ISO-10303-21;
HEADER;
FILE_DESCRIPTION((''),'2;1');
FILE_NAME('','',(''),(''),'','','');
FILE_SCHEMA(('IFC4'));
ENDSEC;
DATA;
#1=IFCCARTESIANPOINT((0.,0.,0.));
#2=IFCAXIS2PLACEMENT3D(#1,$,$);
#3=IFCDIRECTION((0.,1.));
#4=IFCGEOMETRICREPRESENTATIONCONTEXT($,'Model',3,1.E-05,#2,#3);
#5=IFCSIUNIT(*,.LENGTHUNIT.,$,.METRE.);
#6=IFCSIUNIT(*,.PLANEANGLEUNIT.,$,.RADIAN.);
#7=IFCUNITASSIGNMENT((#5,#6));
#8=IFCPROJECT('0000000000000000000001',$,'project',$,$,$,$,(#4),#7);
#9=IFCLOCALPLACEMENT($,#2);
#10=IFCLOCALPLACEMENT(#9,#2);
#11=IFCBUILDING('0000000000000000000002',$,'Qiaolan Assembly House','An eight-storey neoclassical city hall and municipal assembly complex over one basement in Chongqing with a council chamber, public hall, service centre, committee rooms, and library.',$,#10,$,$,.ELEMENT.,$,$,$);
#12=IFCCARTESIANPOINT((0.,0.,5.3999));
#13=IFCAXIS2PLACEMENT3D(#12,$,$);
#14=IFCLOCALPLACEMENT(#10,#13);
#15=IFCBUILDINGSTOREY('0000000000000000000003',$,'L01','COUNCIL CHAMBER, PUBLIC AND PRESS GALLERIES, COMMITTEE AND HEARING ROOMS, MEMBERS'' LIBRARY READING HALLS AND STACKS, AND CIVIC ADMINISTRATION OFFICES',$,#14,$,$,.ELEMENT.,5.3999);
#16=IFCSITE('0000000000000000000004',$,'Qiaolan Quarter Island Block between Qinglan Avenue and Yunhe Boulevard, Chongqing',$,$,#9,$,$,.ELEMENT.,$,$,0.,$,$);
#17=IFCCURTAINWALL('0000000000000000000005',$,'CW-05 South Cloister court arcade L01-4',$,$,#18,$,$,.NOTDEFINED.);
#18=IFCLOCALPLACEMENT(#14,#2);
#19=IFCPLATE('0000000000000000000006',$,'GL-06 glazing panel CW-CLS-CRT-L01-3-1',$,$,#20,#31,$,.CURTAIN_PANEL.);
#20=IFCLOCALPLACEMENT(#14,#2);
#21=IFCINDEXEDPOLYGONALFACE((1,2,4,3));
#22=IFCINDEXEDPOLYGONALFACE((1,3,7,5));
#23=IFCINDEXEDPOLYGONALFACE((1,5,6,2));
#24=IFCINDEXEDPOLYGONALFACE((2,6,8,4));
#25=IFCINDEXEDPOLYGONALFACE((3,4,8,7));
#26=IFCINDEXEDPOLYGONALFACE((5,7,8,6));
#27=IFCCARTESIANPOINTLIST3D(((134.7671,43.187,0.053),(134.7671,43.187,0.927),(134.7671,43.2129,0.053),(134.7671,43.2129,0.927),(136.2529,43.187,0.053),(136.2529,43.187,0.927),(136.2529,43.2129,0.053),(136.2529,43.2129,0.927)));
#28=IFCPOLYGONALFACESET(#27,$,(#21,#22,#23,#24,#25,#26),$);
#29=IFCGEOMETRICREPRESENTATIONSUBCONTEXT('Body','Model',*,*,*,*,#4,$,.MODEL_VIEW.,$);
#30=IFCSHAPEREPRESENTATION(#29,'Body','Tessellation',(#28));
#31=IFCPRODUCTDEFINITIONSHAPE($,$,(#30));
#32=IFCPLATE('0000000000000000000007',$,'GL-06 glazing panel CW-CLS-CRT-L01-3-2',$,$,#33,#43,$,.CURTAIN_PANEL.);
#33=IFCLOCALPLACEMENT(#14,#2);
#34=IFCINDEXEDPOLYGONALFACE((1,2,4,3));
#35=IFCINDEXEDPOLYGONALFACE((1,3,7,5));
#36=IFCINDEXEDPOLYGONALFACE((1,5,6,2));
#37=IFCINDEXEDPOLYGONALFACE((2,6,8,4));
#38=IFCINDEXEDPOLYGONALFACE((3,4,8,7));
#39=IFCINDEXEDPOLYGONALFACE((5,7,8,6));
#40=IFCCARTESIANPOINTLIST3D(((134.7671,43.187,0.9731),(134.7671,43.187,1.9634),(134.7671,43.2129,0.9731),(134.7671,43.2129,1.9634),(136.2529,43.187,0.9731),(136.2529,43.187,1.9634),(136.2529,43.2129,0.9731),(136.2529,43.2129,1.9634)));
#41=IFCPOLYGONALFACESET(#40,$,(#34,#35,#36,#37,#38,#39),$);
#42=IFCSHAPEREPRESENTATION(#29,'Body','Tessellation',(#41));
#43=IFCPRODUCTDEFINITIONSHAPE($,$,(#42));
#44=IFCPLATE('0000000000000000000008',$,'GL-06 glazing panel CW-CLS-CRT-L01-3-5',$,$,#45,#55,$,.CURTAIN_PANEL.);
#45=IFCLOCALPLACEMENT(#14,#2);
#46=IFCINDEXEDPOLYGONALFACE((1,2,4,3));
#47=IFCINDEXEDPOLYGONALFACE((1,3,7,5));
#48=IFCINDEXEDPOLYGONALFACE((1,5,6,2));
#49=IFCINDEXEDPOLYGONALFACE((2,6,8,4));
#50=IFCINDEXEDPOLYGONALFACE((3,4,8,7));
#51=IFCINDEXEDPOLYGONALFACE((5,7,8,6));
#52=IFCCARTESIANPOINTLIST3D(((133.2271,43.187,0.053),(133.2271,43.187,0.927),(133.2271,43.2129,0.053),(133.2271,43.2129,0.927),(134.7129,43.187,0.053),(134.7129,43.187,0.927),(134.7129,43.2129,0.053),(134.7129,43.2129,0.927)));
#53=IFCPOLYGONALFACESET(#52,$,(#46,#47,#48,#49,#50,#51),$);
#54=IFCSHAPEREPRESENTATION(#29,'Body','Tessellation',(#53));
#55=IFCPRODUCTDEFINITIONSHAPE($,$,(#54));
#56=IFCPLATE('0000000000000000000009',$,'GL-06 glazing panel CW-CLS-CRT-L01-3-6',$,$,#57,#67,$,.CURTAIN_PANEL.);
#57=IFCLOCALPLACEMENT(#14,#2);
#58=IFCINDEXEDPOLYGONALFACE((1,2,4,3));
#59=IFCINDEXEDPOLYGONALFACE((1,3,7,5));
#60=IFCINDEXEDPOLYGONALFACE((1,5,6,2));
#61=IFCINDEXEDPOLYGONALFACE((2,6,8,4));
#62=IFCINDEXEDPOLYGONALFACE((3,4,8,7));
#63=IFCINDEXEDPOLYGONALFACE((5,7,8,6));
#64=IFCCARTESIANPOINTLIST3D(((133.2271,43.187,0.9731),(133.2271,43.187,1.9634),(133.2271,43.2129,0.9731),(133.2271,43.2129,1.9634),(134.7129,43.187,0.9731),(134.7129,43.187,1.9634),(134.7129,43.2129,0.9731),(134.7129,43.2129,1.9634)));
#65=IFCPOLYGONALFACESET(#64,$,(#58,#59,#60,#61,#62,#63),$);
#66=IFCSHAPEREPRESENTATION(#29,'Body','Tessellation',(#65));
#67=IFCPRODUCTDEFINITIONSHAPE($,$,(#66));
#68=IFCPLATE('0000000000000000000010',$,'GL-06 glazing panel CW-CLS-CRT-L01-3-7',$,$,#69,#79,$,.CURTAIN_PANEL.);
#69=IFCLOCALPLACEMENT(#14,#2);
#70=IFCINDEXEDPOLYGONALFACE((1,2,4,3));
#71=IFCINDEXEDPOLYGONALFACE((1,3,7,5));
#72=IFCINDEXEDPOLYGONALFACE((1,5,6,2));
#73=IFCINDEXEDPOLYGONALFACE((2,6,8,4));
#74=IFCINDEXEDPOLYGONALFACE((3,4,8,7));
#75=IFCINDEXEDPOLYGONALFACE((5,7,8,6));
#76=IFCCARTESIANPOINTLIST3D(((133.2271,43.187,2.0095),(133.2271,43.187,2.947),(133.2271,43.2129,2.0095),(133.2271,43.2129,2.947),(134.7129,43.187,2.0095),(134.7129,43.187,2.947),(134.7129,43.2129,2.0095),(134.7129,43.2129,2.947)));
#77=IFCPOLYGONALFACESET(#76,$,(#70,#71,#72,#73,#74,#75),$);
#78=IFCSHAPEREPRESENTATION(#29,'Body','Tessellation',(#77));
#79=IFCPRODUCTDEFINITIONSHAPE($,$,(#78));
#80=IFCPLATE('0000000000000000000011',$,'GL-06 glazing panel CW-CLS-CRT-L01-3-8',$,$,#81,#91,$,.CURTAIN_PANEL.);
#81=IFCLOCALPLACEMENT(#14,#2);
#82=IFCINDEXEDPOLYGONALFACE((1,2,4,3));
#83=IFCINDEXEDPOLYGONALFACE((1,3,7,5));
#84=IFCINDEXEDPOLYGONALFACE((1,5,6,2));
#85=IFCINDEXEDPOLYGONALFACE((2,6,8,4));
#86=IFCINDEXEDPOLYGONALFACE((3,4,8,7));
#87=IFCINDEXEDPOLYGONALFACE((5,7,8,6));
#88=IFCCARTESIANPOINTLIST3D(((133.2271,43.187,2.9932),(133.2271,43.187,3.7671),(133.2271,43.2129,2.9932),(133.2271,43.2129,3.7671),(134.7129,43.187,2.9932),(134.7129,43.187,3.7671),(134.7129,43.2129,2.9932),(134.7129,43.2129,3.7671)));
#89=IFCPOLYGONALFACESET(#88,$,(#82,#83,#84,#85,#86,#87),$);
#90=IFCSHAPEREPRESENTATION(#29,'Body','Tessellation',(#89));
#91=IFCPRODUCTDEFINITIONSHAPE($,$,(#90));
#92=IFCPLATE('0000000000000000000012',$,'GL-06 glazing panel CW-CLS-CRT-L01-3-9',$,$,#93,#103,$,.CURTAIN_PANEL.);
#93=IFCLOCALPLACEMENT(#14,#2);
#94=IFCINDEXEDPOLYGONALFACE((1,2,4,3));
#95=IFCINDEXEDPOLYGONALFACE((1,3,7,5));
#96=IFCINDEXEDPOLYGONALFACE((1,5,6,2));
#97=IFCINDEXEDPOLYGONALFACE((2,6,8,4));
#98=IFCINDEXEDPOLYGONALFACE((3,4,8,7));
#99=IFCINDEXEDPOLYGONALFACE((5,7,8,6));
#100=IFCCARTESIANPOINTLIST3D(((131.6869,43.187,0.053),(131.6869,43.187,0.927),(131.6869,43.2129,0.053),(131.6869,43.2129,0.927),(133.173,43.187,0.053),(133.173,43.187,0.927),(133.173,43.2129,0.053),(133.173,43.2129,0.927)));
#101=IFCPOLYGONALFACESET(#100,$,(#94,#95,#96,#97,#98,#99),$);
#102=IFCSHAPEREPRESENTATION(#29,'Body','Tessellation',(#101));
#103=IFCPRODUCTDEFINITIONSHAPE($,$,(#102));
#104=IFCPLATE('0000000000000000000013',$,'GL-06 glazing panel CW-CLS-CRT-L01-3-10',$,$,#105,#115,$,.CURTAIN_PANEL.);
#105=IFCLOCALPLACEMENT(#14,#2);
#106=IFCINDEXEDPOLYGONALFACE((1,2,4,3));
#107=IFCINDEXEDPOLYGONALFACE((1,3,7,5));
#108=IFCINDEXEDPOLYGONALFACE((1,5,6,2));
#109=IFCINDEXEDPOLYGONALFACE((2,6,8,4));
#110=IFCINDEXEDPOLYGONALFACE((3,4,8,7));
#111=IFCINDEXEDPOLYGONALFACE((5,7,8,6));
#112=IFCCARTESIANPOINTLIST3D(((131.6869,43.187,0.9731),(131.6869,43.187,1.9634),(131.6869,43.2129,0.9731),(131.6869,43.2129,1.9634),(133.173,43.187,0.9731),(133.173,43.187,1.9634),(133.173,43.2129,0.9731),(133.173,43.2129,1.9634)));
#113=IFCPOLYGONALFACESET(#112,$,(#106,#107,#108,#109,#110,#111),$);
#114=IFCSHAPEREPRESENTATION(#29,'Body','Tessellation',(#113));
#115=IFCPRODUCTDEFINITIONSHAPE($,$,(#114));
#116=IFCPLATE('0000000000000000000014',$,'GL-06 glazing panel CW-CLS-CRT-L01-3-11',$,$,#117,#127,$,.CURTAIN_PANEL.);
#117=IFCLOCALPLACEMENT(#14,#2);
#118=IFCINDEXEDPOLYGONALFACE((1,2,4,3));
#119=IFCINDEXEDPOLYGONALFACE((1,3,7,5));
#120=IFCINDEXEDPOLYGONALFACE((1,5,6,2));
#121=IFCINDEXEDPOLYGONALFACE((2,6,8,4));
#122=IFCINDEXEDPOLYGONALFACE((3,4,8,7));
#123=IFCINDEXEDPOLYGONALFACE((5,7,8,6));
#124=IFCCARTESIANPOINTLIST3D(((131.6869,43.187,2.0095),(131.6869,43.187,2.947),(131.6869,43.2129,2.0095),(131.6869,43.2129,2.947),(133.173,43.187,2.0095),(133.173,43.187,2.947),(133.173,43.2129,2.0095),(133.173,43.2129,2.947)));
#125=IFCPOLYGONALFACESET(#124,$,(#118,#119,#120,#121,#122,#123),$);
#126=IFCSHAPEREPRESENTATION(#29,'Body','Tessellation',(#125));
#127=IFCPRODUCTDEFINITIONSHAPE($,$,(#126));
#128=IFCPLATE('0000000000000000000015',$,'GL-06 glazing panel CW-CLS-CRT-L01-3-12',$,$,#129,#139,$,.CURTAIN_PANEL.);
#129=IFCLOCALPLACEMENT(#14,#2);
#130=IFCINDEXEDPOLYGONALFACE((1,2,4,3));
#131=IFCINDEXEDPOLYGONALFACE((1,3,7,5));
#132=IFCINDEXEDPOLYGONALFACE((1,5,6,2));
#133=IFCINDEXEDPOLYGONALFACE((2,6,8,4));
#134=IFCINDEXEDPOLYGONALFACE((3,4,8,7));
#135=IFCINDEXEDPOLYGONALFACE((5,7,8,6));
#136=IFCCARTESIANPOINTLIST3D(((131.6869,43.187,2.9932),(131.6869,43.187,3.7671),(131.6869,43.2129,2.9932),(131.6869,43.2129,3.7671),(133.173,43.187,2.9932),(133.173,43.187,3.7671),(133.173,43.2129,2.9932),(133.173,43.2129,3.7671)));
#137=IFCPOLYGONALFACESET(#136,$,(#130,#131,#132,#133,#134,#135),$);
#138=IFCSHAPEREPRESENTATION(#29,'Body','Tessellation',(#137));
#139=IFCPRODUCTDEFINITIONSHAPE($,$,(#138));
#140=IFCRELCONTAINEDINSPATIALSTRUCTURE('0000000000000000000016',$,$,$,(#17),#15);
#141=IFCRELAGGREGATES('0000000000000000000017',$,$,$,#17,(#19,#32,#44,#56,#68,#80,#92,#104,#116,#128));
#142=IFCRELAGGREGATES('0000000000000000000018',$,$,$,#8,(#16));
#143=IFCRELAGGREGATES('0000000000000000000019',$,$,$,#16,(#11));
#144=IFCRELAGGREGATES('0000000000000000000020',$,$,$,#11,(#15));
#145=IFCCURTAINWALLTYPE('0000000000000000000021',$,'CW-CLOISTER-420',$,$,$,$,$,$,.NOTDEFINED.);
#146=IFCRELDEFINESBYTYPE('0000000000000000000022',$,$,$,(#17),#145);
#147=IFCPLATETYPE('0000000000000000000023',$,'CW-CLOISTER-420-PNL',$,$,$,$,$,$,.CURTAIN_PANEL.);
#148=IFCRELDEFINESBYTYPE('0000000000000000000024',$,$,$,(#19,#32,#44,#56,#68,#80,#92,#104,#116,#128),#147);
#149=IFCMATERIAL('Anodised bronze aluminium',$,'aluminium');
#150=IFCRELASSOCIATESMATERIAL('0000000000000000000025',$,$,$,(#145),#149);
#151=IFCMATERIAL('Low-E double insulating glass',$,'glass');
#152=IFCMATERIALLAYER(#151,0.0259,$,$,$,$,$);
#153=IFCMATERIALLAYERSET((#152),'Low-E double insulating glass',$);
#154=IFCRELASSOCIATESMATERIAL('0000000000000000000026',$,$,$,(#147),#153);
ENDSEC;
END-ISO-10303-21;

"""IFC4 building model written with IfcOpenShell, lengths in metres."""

from ifc_helpers import new_model, si_unit, direction, frame, frame_2d, origin, place, context, subcontext, project, spatial, rectangle, extrude, material, layer, layer_set, type_object, element, aggregate, save


model = new_model("IFC4")

# Units and contexts
model_context = context("Model", 3, precision=1e-05, world=origin(), true_north=direction((0.0, 1.0)))
body_context = subcontext(model_context, "Body", "Model", "MODEL_VIEW")
ifc_project = project(units=[si_unit("LENGTHUNIT", "METRE"), si_unit("PLANEANGLEUNIT", "RADIAN")], contexts=[model_context])

# Site, building, storey
site_placement = place(None, origin())
site = spatial("IfcSite", under=ifc_project, at=site_placement, Name="Qiaolan Quarter Island Block between Qinglan Avenue and Yunhe Boulevard, Chongqing", CompositionType="ELEMENT", RefElevation=0.0)
building_placement = place(site_placement, origin())
building = spatial("IfcBuilding", under=site, at=building_placement, Name="Qiaolan Assembly House", Description="An eight-storey neoclassical city hall and municipal assembly complex over one basement in Chongqing with a council chamber, public hall, service centre, committee rooms, and library.", CompositionType="ELEMENT")
storey_placement = place(building_placement, frame((0.0, 0.0, 5.3999)))
storey = spatial("IfcBuildingStorey", under=building, at=storey_placement, Name="L01", Description="COUNCIL CHAMBER, PUBLIC AND PRESS GALLERIES, COMMITTEE AND HEARING ROOMS, MEMBERS' LIBRARY READING HALLS AND STACKS, AND CIVIC ADMINISTRATION OFFICES", CompositionType="ELEMENT", Elevation=5.3999)

# Curtain wall, plates
ifc_material_1 = material(Name="Anodised bronze aluminium", Category="aluminium")
curtain_wall_type = type_object("IfcCurtainWallType", Name="CW-CLOISTER-420", PredefinedType="NOTDEFINED", material=ifc_material_1)
curtain_wall_placement = place(storey_placement, origin())
curtain_wall = element("IfcCurtainWall", 1, at=curtain_wall_placement, inside=storey, type_object=curtain_wall_type, Name="CW-05 South Cloister court arcade L01-4", PredefinedType="NOTDEFINED")
ifc_material_2 = material(Name="Low-E double insulating glass", Category="glass")
ifc_layer = layer(ifc_material_2, 0.0259)
ifc_layer_set = layer_set([ifc_layer], Name="Low-E double insulating glass")
plate_type = type_object("IfcPlateType", Name="CW-CLOISTER-420-PNL", PredefinedType="CURTAIN_PANEL", material=ifc_layer_set)
plate_1_placement = place(storey_placement, frame((136.2529, 43.2, 0.053), z_axis=(0.0, 0.0, 1.0), x_axis=(-1.0, 0.0, 0.0)))
plate_1 = element("IfcPlate", 2, at=plate_1_placement, type_object=plate_type, Name="GL-06 glazing panel CW-CLS-CRT-L01-3-1", PredefinedType="CURTAIN_PANEL", context=body_context, shape_type="SweptSolid", body=[
    extrude(rectangle(XDim=1.4858, YDim=0.0259, at=frame_2d((0.7429, 0.0))), origin(), (0.0, 0.0, 1.0), 0.874),
])
plate_2_placement = place(storey_placement, frame((136.2529, 43.2, 0.9731), z_axis=(0.0, 0.0, 1.0), x_axis=(-1.0, 0.0, 0.0)))
plate_2 = element("IfcPlate", 3, at=plate_2_placement, type_object=plate_type, Name="GL-06 glazing panel CW-CLS-CRT-L01-3-2", PredefinedType="CURTAIN_PANEL", context=body_context, shape_type="SweptSolid", body=[
    extrude(rectangle(XDim=1.4858, YDim=0.0259, at=frame_2d((0.7429, 0.0))), origin(), (0.0, 0.0, 1.0), 0.9902),
])
plate_3_placement = place(storey_placement, frame((134.7129, 43.2, 0.053), z_axis=(0.0, 0.0, 1.0), x_axis=(-1.0, 0.0, 0.0)))
plate_3 = element("IfcPlate", 4, at=plate_3_placement, type_object=plate_type, Name="GL-06 glazing panel CW-CLS-CRT-L01-3-5", PredefinedType="CURTAIN_PANEL", context=body_context, shape_type="SweptSolid", body=[
    extrude(rectangle(XDim=1.4858, YDim=0.0259, at=frame_2d((0.7429, 0.0))), origin(), (0.0, 0.0, 1.0), 0.874),
])
plate_4_placement = place(storey_placement, frame((134.7129, 43.2, 0.9731), z_axis=(0.0, 0.0, 1.0), x_axis=(-1.0, 0.0, 0.0)))
plate_4 = element("IfcPlate", 5, at=plate_4_placement, type_object=plate_type, Name="GL-06 glazing panel CW-CLS-CRT-L01-3-6", PredefinedType="CURTAIN_PANEL", context=body_context, shape_type="SweptSolid", body=[
    extrude(rectangle(XDim=1.4858, YDim=0.0259, at=frame_2d((0.7429, 0.0))), origin(), (0.0, 0.0, 1.0), 0.9902),
])
plate_5_placement = place(storey_placement, frame((134.7129, 43.2, 2.0095), z_axis=(0.0, 0.0, 1.0), x_axis=(-1.0, 0.0, 0.0)))
plate_5 = element("IfcPlate", 6, at=plate_5_placement, type_object=plate_type, Name="GL-06 glazing panel CW-CLS-CRT-L01-3-7", PredefinedType="CURTAIN_PANEL", context=body_context, shape_type="SweptSolid", body=[
    extrude(rectangle(XDim=1.4858, YDim=0.0259, at=frame_2d((0.7429, 0.0))), origin(), (0.0, 0.0, 1.0), 0.9375),
])
plate_6_placement = place(storey_placement, frame((134.7129, 43.2, 2.9932), z_axis=(0.0, 0.0, 1.0), x_axis=(-1.0, 0.0, 0.0)))
plate_6 = element("IfcPlate", 7, at=plate_6_placement, type_object=plate_type, Name="GL-06 glazing panel CW-CLS-CRT-L01-3-8", PredefinedType="CURTAIN_PANEL", context=body_context, shape_type="SweptSolid", body=[
    extrude(rectangle(XDim=1.4858, YDim=0.0259, at=frame_2d((0.7429, 0.0))), origin(), (0.0, 0.0, 1.0), 0.7739),
])
plate_7_placement = place(storey_placement, frame((133.1731, 43.2, 0.053), z_axis=(0.0, 0.0, 1.0), x_axis=(-1.0, 0.0, 0.0)))
plate_7 = element("IfcPlate", 8, at=plate_7_placement, type_object=plate_type, Name="GL-06 glazing panel CW-CLS-CRT-L01-3-9", PredefinedType="CURTAIN_PANEL", context=body_context, shape_type="SweptSolid", body=[
    extrude(rectangle(XDim=1.4861, YDim=0.0259, at=frame_2d((0.7432, 0.0))), origin(), (0.0, 0.0, 1.0), 0.874),
])
plate_8_placement = place(storey_placement, frame((133.1731, 43.2, 0.9731), z_axis=(0.0, 0.0, 1.0), x_axis=(-1.0, 0.0, 0.0)))
plate_8 = element("IfcPlate", 9, at=plate_8_placement, type_object=plate_type, Name="GL-06 glazing panel CW-CLS-CRT-L01-3-10", PredefinedType="CURTAIN_PANEL", context=body_context, shape_type="SweptSolid", body=[
    extrude(rectangle(XDim=1.4861, YDim=0.0259, at=frame_2d((0.7432, 0.0))), origin(), (0.0, 0.0, 1.0), 0.9902),
])
plate_9_placement = place(storey_placement, frame((133.1731, 43.2, 2.0095), z_axis=(0.0, 0.0, 1.0), x_axis=(-1.0, 0.0, 0.0)))
plate_9 = element("IfcPlate", 10, at=plate_9_placement, type_object=plate_type, Name="GL-06 glazing panel CW-CLS-CRT-L01-3-11", PredefinedType="CURTAIN_PANEL", context=body_context, shape_type="SweptSolid", body=[
    extrude(rectangle(XDim=1.4861, YDim=0.0259, at=frame_2d((0.7432, 0.0))), origin(), (0.0, 0.0, 1.0), 0.9375),
])
plate_10_placement = place(storey_placement, frame((133.1731, 43.2, 2.9932), z_axis=(0.0, 0.0, 1.0), x_axis=(-1.0, 0.0, 0.0)))
plate_10 = element("IfcPlate", 11, at=plate_10_placement, type_object=plate_type, Name="GL-06 glazing panel CW-CLS-CRT-L01-3-12", PredefinedType="CURTAIN_PANEL", context=body_context, shape_type="SweptSolid", body=[
    extrude(rectangle(XDim=1.4861, YDim=0.0259, at=frame_2d((0.7432, 0.0))), origin(), (0.0, 0.0, 1.0), 0.7739),
])
aggregate(curtain_wall, [plate_1, plate_2, plate_3, plate_4, plate_5, plate_6, plate_7, plate_8, plate_9, plate_10])

save(model, "model.ifc")
